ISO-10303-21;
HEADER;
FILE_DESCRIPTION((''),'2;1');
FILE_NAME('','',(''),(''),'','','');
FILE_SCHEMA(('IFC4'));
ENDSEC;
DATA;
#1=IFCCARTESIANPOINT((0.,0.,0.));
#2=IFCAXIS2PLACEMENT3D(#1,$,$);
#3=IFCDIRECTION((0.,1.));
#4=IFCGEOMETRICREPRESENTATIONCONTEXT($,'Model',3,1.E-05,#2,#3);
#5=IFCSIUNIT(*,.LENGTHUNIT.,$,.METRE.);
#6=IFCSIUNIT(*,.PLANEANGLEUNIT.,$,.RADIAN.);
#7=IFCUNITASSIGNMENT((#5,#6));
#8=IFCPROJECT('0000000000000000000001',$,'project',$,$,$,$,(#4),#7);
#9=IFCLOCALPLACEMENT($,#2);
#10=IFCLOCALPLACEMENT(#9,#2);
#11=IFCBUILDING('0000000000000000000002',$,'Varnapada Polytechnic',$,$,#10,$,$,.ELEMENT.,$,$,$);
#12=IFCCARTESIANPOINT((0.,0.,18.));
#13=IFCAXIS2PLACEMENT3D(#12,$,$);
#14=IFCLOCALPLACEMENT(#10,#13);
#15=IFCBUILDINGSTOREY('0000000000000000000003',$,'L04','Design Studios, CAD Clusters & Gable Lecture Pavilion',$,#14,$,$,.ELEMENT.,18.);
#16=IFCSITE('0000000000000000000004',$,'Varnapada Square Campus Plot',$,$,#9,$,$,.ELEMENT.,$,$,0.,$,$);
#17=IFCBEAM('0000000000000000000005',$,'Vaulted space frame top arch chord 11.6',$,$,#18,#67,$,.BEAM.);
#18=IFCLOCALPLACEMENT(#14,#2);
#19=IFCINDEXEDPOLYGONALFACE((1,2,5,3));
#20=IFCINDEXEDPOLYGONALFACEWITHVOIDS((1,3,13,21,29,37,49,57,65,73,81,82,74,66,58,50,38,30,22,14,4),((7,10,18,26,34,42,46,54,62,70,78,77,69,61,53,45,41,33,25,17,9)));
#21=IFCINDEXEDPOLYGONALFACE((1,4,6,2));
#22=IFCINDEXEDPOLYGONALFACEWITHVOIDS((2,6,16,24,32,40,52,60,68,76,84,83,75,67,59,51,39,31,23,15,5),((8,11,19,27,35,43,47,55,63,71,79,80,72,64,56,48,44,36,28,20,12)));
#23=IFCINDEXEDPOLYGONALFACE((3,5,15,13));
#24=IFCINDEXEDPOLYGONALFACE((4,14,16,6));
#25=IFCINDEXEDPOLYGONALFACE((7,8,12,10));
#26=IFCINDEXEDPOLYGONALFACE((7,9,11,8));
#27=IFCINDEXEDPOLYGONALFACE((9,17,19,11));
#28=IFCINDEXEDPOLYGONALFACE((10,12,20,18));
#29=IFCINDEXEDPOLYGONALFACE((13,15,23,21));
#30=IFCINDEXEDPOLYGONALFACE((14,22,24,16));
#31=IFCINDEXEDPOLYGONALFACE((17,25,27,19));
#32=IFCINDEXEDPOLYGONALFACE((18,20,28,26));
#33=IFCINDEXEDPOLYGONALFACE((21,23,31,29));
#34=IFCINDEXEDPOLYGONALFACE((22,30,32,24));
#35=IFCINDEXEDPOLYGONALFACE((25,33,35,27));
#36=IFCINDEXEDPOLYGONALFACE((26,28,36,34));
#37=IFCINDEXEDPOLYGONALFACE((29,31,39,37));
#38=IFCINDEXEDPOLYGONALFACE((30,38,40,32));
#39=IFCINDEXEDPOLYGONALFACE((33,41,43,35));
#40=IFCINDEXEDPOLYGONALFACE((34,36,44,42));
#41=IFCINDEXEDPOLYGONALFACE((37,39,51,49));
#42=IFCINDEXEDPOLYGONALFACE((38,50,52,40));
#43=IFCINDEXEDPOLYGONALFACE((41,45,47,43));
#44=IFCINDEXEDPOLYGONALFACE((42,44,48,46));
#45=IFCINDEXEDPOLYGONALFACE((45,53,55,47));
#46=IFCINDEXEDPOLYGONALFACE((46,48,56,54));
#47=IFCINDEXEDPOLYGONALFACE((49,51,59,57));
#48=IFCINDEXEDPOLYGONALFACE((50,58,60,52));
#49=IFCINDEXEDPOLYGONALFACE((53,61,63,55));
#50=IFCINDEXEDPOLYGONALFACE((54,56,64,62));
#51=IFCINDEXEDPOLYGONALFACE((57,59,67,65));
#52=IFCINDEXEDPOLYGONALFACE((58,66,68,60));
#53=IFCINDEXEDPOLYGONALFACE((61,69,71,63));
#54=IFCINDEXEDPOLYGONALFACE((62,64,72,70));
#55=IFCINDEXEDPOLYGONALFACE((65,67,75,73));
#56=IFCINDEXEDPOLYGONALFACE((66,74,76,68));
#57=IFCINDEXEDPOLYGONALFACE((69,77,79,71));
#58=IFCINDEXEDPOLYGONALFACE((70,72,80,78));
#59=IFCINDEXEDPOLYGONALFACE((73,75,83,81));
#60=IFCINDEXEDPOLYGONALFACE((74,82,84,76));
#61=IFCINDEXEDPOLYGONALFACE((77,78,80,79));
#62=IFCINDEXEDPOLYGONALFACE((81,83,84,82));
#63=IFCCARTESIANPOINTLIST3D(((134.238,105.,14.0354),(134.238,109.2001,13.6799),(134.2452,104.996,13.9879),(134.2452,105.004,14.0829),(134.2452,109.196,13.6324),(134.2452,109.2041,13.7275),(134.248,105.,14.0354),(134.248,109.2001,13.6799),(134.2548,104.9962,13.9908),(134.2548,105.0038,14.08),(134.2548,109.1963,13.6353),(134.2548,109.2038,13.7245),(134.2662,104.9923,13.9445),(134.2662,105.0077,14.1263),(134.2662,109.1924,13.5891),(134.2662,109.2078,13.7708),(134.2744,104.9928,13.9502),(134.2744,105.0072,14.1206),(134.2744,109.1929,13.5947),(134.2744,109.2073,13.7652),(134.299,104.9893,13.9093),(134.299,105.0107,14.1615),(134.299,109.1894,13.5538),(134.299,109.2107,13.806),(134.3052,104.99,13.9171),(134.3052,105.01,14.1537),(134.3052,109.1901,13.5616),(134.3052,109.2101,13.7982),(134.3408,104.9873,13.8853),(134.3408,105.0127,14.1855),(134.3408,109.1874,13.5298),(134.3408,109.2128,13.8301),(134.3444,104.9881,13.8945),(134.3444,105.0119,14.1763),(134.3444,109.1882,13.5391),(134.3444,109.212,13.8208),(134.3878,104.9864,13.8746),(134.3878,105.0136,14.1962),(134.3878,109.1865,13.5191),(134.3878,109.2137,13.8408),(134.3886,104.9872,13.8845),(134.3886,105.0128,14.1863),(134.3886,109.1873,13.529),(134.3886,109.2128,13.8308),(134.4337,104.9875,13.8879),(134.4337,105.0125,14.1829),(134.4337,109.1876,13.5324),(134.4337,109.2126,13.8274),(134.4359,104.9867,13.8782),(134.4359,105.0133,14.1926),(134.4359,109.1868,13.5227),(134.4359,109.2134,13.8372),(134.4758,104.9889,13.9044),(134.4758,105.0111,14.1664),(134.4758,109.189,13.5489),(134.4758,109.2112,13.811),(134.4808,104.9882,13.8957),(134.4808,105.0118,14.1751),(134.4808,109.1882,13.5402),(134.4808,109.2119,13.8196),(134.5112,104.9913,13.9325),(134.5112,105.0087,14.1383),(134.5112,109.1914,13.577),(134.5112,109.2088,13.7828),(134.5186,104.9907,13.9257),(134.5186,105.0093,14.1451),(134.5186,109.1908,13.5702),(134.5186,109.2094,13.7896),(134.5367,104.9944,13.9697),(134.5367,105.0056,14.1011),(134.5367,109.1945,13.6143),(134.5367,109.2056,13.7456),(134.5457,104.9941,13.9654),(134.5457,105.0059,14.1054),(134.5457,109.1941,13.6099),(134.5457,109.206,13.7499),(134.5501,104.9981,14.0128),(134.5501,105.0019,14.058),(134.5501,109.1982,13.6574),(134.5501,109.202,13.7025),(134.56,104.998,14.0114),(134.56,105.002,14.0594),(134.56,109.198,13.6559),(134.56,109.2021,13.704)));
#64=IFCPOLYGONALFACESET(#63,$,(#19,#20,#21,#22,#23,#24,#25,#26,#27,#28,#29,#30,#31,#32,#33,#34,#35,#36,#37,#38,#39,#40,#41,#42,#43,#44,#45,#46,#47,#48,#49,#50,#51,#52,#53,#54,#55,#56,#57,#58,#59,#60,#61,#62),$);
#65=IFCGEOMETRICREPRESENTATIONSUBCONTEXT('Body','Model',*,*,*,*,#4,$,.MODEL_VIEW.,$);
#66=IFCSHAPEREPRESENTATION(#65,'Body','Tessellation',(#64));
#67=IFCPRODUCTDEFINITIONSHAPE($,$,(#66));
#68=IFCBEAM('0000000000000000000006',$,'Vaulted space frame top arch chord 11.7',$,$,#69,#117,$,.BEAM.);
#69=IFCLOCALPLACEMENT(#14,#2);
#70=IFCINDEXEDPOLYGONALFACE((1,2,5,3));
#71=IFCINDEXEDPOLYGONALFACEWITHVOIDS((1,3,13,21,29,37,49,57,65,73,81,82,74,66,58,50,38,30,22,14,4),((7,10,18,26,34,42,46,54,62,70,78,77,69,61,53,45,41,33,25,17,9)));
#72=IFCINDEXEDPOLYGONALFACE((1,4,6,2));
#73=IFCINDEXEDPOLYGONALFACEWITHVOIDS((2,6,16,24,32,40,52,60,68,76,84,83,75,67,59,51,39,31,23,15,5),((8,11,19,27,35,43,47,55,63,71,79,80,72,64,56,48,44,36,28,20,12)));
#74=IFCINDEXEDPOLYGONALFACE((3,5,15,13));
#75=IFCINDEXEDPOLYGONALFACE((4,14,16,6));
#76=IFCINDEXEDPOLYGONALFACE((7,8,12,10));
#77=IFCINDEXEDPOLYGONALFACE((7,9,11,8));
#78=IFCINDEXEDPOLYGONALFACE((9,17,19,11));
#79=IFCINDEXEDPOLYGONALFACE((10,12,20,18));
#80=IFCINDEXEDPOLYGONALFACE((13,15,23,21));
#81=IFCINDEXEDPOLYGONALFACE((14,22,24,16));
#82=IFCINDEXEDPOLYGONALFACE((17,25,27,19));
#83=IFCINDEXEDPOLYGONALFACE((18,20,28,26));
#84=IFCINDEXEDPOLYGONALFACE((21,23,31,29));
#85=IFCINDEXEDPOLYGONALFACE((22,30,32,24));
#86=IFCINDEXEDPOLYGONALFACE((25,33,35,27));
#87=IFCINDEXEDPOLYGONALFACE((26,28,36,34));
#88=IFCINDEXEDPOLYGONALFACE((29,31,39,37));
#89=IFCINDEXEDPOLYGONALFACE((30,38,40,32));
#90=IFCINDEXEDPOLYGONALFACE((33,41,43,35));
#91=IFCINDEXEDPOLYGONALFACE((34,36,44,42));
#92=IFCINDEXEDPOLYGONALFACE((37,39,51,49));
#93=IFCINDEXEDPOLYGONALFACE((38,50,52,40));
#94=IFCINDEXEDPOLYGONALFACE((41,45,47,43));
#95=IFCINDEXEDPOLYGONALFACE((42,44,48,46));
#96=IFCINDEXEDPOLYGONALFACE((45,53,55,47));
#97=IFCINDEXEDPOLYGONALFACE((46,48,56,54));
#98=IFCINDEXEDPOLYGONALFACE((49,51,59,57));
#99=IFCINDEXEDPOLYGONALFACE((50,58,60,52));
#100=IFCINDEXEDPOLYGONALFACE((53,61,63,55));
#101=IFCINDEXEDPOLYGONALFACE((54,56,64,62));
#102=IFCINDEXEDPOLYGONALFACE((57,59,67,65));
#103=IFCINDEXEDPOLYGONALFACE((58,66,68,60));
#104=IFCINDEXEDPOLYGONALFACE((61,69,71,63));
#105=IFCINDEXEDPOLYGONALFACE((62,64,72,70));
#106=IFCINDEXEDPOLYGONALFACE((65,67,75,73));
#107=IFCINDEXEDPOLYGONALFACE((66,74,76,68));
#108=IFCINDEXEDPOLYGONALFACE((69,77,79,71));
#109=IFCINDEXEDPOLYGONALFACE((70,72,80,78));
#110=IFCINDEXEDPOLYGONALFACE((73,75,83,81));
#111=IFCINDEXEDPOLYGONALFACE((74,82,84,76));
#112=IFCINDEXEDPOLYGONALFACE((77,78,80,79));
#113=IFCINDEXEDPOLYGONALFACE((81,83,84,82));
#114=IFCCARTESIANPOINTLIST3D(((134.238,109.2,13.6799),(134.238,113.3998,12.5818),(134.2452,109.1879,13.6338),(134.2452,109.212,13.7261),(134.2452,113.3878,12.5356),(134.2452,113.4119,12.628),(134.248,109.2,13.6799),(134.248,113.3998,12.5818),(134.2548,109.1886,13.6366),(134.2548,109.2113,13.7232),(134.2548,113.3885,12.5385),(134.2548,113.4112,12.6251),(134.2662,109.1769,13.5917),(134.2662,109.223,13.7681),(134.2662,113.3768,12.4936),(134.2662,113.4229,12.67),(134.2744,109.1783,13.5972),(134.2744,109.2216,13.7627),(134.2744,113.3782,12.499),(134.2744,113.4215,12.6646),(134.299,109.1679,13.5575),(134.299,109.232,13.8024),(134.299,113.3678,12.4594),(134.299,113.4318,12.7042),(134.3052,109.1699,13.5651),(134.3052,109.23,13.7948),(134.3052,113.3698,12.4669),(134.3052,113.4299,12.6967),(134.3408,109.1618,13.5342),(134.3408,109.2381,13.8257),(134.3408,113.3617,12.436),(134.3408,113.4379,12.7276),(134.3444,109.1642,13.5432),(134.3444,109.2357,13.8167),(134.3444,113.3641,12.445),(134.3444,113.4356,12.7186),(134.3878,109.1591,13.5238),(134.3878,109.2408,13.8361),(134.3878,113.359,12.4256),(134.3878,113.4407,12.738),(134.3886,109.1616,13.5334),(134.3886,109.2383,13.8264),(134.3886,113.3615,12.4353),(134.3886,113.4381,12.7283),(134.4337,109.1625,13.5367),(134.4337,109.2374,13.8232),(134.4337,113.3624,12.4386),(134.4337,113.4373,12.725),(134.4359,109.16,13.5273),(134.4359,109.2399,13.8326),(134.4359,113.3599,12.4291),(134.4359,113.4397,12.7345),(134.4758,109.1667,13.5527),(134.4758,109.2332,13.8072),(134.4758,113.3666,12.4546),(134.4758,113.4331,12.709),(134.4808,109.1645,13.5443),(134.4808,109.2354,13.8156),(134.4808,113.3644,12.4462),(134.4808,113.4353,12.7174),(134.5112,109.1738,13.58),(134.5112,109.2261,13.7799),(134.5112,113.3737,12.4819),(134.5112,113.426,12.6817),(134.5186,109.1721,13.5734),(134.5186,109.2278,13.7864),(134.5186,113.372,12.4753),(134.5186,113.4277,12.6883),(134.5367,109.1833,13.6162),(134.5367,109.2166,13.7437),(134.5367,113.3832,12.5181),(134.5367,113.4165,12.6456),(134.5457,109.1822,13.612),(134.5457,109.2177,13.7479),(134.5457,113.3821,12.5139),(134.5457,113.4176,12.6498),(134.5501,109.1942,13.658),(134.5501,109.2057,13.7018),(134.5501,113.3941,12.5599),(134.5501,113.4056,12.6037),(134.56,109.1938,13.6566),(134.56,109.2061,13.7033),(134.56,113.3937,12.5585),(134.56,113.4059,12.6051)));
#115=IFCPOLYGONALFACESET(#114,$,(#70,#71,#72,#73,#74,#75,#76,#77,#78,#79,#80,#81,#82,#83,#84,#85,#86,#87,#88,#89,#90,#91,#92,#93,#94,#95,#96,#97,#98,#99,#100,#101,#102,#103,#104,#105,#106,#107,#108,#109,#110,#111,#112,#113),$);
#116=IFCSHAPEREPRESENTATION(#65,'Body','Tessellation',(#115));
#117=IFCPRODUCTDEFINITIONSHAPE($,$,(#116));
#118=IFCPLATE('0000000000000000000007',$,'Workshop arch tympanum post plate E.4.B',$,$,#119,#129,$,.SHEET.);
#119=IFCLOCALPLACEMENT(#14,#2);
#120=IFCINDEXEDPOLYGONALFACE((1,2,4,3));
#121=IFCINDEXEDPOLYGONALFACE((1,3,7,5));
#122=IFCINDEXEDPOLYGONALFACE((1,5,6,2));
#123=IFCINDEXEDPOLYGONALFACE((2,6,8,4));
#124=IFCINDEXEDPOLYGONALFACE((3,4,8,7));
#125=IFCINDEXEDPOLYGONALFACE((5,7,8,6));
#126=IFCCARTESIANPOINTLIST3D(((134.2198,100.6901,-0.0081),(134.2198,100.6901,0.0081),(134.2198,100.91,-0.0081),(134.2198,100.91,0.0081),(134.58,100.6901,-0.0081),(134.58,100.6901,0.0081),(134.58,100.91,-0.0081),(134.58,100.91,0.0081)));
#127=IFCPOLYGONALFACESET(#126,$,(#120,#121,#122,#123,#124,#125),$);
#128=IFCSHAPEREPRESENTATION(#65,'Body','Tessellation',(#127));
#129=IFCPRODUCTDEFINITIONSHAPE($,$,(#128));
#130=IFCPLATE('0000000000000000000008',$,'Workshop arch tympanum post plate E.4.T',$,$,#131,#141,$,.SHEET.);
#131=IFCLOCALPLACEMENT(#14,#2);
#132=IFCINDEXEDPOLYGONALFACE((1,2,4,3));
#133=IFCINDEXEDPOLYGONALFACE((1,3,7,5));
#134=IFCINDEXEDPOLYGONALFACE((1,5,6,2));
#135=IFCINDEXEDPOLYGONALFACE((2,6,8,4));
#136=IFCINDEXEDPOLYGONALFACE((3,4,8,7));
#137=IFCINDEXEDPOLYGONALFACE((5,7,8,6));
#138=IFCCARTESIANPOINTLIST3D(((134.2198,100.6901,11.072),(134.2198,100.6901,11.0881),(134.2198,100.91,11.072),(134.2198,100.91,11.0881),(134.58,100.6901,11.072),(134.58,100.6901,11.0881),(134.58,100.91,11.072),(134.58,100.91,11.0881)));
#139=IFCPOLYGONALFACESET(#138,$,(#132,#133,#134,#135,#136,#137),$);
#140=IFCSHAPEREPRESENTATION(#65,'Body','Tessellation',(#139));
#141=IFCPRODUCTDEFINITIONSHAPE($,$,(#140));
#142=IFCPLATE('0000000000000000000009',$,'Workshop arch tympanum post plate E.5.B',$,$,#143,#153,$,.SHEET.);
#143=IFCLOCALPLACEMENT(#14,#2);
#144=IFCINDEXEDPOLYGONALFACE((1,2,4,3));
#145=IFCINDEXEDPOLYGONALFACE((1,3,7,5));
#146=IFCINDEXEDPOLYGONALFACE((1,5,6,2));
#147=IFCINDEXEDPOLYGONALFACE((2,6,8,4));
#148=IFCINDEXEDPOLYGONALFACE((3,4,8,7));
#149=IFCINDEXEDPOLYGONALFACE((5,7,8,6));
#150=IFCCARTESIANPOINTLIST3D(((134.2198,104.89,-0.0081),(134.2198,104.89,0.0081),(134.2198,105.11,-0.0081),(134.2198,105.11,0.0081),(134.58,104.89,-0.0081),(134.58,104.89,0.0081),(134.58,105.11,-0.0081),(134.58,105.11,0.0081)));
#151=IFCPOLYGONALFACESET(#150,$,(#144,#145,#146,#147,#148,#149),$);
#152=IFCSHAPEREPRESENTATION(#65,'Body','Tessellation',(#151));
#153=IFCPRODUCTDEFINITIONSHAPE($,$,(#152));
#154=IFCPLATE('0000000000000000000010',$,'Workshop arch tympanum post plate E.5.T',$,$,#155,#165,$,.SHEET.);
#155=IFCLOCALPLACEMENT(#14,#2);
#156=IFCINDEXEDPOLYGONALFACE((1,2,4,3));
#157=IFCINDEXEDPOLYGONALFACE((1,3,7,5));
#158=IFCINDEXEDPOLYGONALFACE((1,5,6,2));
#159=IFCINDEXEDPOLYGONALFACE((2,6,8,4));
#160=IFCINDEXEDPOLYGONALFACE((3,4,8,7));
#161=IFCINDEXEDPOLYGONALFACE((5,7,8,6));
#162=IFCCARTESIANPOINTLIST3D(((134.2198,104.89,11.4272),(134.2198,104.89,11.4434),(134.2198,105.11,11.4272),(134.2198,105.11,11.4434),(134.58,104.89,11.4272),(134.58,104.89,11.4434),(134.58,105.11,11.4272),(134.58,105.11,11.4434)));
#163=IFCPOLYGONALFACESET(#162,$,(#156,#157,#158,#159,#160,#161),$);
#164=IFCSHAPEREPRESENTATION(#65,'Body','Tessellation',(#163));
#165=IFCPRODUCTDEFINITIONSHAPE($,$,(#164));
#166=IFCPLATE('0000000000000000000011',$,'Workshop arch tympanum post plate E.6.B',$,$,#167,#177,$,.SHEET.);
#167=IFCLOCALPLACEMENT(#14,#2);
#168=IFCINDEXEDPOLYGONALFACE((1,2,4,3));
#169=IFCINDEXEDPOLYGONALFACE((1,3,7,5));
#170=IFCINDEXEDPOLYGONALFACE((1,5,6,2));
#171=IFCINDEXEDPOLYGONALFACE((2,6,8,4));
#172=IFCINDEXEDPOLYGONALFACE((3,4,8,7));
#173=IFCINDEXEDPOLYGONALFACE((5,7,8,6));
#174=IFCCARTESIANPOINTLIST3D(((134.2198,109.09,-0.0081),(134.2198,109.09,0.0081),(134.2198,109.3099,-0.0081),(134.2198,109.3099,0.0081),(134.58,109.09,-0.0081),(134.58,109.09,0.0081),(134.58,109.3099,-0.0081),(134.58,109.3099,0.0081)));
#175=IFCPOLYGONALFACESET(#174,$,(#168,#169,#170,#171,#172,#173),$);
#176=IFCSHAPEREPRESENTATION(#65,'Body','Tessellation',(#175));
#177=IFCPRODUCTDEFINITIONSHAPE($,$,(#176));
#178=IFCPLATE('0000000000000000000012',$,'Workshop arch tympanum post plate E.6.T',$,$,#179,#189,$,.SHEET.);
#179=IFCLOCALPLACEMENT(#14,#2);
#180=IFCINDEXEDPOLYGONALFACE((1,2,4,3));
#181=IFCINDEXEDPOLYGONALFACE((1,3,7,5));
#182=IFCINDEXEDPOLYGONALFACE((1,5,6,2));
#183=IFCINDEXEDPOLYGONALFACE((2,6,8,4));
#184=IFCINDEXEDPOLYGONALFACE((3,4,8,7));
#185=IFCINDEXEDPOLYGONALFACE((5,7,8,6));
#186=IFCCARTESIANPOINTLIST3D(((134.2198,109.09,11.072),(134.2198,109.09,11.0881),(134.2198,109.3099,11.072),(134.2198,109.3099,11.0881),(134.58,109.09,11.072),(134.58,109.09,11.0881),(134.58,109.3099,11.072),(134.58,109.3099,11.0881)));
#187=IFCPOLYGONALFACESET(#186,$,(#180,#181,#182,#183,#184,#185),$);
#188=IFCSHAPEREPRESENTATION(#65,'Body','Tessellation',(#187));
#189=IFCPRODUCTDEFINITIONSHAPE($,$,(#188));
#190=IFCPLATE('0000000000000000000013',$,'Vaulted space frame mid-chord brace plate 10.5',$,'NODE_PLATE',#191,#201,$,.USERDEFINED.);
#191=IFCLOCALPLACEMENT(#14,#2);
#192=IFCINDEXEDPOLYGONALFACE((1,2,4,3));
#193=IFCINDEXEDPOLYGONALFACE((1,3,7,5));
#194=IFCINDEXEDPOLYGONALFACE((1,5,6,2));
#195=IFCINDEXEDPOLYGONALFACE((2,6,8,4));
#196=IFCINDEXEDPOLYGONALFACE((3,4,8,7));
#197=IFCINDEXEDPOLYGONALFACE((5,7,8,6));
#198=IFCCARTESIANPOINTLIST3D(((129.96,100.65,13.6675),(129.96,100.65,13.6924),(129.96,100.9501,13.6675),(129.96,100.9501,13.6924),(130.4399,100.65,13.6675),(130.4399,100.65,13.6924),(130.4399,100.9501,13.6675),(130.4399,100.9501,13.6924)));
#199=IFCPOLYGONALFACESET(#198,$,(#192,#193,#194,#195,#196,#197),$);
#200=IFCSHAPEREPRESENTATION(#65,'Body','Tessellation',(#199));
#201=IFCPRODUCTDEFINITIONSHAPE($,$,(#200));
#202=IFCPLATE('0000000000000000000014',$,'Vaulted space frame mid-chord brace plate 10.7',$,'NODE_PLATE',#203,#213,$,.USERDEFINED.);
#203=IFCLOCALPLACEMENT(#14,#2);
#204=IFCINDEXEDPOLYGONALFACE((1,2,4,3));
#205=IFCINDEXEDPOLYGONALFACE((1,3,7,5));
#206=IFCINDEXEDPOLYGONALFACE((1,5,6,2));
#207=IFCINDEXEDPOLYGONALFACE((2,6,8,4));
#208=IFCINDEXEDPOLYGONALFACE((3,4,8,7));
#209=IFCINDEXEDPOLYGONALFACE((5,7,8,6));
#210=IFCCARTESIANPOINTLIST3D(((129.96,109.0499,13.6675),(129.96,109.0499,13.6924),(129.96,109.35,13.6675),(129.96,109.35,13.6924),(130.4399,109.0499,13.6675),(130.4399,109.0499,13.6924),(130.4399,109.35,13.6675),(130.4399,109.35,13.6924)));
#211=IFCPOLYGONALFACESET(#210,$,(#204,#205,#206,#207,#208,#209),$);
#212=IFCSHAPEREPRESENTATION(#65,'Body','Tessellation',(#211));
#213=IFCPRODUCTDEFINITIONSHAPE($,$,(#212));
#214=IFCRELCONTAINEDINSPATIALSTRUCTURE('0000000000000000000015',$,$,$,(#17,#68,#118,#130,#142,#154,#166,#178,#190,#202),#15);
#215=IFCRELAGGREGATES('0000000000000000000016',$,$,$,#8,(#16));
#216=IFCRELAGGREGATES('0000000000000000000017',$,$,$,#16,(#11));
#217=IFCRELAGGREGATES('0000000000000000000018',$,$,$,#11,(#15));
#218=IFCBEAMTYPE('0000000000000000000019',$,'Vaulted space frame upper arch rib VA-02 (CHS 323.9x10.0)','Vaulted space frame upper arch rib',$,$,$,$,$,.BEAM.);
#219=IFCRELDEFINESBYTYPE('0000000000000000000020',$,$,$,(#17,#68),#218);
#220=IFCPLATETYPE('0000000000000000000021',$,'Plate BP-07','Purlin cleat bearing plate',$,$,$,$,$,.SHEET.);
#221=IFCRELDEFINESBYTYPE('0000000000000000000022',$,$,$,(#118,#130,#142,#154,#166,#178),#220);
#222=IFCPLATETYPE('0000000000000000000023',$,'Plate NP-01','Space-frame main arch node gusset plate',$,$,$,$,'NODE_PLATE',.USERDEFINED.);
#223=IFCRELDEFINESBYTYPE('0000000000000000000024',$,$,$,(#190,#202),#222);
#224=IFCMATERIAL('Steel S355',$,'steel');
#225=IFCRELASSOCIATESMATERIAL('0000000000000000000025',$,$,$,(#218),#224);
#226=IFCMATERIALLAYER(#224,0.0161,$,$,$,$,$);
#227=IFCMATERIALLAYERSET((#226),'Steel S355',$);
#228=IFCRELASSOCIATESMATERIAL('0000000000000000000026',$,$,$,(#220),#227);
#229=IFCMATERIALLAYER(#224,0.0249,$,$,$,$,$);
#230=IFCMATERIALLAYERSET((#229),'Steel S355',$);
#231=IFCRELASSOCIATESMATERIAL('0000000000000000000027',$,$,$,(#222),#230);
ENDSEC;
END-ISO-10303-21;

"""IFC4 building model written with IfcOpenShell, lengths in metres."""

from ifc_helpers import new_model, si_unit, direction, frame, origin, origin_2d, place, context, subcontext, project, spatial, rectangle, hollow_circle, extrude, material, layer, layer_set, material_profile, profile_set, type_object, element, save


model = new_model("IFC4")

# Units and contexts
model_context = context("Model", 3, precision=1e-05, world=origin(), true_north=direction((0.0, 1.0)))
body_context = subcontext(model_context, "Body", "Model", "MODEL_VIEW")
ifc_project = project(units=[si_unit("LENGTHUNIT", "METRE"), si_unit("PLANEANGLEUNIT", "RADIAN")], contexts=[model_context])

# Site, building, storey
site_placement = place(None, origin())
site = spatial("IfcSite", under=ifc_project, at=site_placement, Name="Varnapada Square Campus Plot", CompositionType="ELEMENT", RefElevation=0.0)
building_placement = place(site_placement, origin())
building = spatial("IfcBuilding", under=site, at=building_placement, Name="Varnapada Polytechnic", CompositionType="ELEMENT")
storey_placement = place(building_placement, frame((0.0, 0.0, 18.0)))
storey = spatial("IfcBuildingStorey", under=building, at=storey_placement, Name="L04", Description="Design Studios, CAD Clusters & Gable Lecture Pavilion", CompositionType="ELEMENT", Elevation=18.0)

# Shared definitions
ifc_material = material(Name="Steel S355", Category="steel")

# Beams
ifc_material_profile_1 = material_profile(ifc_material, hollow_circle(Radius=0.1619, WallThickness=0.01, at=origin_2d()), Name="CHS 323.9x10.0")
ifc_profile_set_1 = profile_set([ifc_material_profile_1], Name="Steel S355")
beam_type_1 = type_object("IfcBeamType", Name="Vaulted space frame upper arch rib VA-02 (CHS 323.9x10.0)", Description="Vaulted space frame upper arch rib", PredefinedType="BEAM", material=ifc_profile_set_1)
for number, where, z_axis, x_axis, name in (
    (1, (134.3999, 105.0, 14.0354), (0.0, 0.996437, -0.084335), (-1.0, 0.0, 0.0), "Vaulted space frame top arch chord 11.6"),
):
    element("IfcBeam", number, at=place(storey_placement, frame(where, z_axis=z_axis, x_axis=x_axis)), inside=storey, type_object=beam_type_1, Name=name, PredefinedType="BEAM", context=body_context, shape_type="SweptSolid", body=[
        extrude(hollow_circle(Radius=0.1619, WallThickness=0.01, at=origin_2d()), origin(), (0.0, 0.0, 1.0), 4.2151),
    ])
beam_1_placement = place(storey_placement, frame((134.3999, 109.2, 13.6799), z_axis=(0.0, 0.967476, -0.252962), x_axis=(-1.0, 0.0, 0.0)))
element("IfcBeam", 2, at=beam_1_placement, inside=storey, type_object=beam_type_1, Name="Vaulted space frame top arch chord 11.7", PredefinedType="BEAM", context=body_context, shape_type="SweptSolid", body=[
    extrude(hollow_circle(Radius=0.1619, WallThickness=0.01, at=origin_2d()), origin(), (0.0, 0.0, 1.0), 4.3411),
])

# Plates
ifc_layer_1 = layer(ifc_material, 0.0161)
ifc_layer_set_1 = layer_set([ifc_layer_1], Name="Steel S355")
plate_type_1 = type_object("IfcPlateType", Name="Plate BP-07", Description="Purlin cleat bearing plate", PredefinedType="SHEET", material=ifc_layer_set_1)
for number, where, z_axis, x_axis, name in (
    (3, (134.3999, 100.8, -0.0081), (0.0, 0.0, 1.0), (1.0, 0.0, 0.0), "Workshop arch tympanum post plate E.4.B"),
    (4, (134.3999, 100.8, 11.072), (0.0, 0.0, 1.0), (1.0, 0.0, 0.0), "Workshop arch tympanum post plate E.4.T"),
    (5, (134.3999, 105.0, -0.0081), (0.0, 0.0, 1.0), (1.0, 0.0, 0.0), "Workshop arch tympanum post plate E.5.B"),
    (6, (134.3999, 105.0, 11.4272), (0.0, 0.0, 1.0), (1.0, 0.0, 0.0), "Workshop arch tympanum post plate E.5.T"),
    (7, (134.3999, 109.2, -0.0081), (0.0, 0.0, 1.0), (1.0, 0.0, 0.0), "Workshop arch tympanum post plate E.6.B"),
    (8, (134.3999, 109.2, 11.072), (0.0, 0.0, 1.0), (1.0, 0.0, 0.0), "Workshop arch tympanum post plate E.6.T"),
):
    element("IfcPlate", number, at=place(storey_placement, frame(where, z_axis=z_axis, x_axis=x_axis)), inside=storey, type_object=plate_type_1, Name=name, PredefinedType="SHEET", context=body_context, shape_type="SweptSolid", body=[
        extrude(rectangle(XDim=0.3601, YDim=0.22, at=origin_2d()), origin(), (0.0, 0.0, 1.0), 0.0161),
    ])
ifc_layer_2 = layer(ifc_material, 0.0249)
ifc_layer_set_2 = layer_set([ifc_layer_2], Name="Steel S355")
plate_type_2 = type_object("IfcPlateType", Name="Plate NP-01", Description="Space-frame main arch node gusset plate", ElementType="NODE_PLATE", PredefinedType="USERDEFINED", material=ifc_layer_set_2)
for number, where, z_axis, x_axis, name in (
    (9, (130.2, 100.8, 13.6675), (0.0, 0.0, 1.0), (1.0, 0.0, 0.0), "Vaulted space frame mid-chord brace plate 10.5"),
    (10, (130.2, 109.2, 13.6675), (0.0, 0.0, 1.0), (1.0, 0.0, 0.0), "Vaulted space frame mid-chord brace plate 10.7"),
):
    element("IfcPlate", number, at=place(storey_placement, frame(where, z_axis=z_axis, x_axis=x_axis)), inside=storey, type_object=plate_type_2, Name=name, ObjectType="NODE_PLATE", PredefinedType="USERDEFINED", context=body_context, shape_type="SweptSolid", body=[
        extrude(rectangle(XDim=0.48, YDim=0.3, at=origin_2d()), origin(), (0.0, 0.0, 1.0), 0.0249),
    ])

save(model, "model.ifc")
